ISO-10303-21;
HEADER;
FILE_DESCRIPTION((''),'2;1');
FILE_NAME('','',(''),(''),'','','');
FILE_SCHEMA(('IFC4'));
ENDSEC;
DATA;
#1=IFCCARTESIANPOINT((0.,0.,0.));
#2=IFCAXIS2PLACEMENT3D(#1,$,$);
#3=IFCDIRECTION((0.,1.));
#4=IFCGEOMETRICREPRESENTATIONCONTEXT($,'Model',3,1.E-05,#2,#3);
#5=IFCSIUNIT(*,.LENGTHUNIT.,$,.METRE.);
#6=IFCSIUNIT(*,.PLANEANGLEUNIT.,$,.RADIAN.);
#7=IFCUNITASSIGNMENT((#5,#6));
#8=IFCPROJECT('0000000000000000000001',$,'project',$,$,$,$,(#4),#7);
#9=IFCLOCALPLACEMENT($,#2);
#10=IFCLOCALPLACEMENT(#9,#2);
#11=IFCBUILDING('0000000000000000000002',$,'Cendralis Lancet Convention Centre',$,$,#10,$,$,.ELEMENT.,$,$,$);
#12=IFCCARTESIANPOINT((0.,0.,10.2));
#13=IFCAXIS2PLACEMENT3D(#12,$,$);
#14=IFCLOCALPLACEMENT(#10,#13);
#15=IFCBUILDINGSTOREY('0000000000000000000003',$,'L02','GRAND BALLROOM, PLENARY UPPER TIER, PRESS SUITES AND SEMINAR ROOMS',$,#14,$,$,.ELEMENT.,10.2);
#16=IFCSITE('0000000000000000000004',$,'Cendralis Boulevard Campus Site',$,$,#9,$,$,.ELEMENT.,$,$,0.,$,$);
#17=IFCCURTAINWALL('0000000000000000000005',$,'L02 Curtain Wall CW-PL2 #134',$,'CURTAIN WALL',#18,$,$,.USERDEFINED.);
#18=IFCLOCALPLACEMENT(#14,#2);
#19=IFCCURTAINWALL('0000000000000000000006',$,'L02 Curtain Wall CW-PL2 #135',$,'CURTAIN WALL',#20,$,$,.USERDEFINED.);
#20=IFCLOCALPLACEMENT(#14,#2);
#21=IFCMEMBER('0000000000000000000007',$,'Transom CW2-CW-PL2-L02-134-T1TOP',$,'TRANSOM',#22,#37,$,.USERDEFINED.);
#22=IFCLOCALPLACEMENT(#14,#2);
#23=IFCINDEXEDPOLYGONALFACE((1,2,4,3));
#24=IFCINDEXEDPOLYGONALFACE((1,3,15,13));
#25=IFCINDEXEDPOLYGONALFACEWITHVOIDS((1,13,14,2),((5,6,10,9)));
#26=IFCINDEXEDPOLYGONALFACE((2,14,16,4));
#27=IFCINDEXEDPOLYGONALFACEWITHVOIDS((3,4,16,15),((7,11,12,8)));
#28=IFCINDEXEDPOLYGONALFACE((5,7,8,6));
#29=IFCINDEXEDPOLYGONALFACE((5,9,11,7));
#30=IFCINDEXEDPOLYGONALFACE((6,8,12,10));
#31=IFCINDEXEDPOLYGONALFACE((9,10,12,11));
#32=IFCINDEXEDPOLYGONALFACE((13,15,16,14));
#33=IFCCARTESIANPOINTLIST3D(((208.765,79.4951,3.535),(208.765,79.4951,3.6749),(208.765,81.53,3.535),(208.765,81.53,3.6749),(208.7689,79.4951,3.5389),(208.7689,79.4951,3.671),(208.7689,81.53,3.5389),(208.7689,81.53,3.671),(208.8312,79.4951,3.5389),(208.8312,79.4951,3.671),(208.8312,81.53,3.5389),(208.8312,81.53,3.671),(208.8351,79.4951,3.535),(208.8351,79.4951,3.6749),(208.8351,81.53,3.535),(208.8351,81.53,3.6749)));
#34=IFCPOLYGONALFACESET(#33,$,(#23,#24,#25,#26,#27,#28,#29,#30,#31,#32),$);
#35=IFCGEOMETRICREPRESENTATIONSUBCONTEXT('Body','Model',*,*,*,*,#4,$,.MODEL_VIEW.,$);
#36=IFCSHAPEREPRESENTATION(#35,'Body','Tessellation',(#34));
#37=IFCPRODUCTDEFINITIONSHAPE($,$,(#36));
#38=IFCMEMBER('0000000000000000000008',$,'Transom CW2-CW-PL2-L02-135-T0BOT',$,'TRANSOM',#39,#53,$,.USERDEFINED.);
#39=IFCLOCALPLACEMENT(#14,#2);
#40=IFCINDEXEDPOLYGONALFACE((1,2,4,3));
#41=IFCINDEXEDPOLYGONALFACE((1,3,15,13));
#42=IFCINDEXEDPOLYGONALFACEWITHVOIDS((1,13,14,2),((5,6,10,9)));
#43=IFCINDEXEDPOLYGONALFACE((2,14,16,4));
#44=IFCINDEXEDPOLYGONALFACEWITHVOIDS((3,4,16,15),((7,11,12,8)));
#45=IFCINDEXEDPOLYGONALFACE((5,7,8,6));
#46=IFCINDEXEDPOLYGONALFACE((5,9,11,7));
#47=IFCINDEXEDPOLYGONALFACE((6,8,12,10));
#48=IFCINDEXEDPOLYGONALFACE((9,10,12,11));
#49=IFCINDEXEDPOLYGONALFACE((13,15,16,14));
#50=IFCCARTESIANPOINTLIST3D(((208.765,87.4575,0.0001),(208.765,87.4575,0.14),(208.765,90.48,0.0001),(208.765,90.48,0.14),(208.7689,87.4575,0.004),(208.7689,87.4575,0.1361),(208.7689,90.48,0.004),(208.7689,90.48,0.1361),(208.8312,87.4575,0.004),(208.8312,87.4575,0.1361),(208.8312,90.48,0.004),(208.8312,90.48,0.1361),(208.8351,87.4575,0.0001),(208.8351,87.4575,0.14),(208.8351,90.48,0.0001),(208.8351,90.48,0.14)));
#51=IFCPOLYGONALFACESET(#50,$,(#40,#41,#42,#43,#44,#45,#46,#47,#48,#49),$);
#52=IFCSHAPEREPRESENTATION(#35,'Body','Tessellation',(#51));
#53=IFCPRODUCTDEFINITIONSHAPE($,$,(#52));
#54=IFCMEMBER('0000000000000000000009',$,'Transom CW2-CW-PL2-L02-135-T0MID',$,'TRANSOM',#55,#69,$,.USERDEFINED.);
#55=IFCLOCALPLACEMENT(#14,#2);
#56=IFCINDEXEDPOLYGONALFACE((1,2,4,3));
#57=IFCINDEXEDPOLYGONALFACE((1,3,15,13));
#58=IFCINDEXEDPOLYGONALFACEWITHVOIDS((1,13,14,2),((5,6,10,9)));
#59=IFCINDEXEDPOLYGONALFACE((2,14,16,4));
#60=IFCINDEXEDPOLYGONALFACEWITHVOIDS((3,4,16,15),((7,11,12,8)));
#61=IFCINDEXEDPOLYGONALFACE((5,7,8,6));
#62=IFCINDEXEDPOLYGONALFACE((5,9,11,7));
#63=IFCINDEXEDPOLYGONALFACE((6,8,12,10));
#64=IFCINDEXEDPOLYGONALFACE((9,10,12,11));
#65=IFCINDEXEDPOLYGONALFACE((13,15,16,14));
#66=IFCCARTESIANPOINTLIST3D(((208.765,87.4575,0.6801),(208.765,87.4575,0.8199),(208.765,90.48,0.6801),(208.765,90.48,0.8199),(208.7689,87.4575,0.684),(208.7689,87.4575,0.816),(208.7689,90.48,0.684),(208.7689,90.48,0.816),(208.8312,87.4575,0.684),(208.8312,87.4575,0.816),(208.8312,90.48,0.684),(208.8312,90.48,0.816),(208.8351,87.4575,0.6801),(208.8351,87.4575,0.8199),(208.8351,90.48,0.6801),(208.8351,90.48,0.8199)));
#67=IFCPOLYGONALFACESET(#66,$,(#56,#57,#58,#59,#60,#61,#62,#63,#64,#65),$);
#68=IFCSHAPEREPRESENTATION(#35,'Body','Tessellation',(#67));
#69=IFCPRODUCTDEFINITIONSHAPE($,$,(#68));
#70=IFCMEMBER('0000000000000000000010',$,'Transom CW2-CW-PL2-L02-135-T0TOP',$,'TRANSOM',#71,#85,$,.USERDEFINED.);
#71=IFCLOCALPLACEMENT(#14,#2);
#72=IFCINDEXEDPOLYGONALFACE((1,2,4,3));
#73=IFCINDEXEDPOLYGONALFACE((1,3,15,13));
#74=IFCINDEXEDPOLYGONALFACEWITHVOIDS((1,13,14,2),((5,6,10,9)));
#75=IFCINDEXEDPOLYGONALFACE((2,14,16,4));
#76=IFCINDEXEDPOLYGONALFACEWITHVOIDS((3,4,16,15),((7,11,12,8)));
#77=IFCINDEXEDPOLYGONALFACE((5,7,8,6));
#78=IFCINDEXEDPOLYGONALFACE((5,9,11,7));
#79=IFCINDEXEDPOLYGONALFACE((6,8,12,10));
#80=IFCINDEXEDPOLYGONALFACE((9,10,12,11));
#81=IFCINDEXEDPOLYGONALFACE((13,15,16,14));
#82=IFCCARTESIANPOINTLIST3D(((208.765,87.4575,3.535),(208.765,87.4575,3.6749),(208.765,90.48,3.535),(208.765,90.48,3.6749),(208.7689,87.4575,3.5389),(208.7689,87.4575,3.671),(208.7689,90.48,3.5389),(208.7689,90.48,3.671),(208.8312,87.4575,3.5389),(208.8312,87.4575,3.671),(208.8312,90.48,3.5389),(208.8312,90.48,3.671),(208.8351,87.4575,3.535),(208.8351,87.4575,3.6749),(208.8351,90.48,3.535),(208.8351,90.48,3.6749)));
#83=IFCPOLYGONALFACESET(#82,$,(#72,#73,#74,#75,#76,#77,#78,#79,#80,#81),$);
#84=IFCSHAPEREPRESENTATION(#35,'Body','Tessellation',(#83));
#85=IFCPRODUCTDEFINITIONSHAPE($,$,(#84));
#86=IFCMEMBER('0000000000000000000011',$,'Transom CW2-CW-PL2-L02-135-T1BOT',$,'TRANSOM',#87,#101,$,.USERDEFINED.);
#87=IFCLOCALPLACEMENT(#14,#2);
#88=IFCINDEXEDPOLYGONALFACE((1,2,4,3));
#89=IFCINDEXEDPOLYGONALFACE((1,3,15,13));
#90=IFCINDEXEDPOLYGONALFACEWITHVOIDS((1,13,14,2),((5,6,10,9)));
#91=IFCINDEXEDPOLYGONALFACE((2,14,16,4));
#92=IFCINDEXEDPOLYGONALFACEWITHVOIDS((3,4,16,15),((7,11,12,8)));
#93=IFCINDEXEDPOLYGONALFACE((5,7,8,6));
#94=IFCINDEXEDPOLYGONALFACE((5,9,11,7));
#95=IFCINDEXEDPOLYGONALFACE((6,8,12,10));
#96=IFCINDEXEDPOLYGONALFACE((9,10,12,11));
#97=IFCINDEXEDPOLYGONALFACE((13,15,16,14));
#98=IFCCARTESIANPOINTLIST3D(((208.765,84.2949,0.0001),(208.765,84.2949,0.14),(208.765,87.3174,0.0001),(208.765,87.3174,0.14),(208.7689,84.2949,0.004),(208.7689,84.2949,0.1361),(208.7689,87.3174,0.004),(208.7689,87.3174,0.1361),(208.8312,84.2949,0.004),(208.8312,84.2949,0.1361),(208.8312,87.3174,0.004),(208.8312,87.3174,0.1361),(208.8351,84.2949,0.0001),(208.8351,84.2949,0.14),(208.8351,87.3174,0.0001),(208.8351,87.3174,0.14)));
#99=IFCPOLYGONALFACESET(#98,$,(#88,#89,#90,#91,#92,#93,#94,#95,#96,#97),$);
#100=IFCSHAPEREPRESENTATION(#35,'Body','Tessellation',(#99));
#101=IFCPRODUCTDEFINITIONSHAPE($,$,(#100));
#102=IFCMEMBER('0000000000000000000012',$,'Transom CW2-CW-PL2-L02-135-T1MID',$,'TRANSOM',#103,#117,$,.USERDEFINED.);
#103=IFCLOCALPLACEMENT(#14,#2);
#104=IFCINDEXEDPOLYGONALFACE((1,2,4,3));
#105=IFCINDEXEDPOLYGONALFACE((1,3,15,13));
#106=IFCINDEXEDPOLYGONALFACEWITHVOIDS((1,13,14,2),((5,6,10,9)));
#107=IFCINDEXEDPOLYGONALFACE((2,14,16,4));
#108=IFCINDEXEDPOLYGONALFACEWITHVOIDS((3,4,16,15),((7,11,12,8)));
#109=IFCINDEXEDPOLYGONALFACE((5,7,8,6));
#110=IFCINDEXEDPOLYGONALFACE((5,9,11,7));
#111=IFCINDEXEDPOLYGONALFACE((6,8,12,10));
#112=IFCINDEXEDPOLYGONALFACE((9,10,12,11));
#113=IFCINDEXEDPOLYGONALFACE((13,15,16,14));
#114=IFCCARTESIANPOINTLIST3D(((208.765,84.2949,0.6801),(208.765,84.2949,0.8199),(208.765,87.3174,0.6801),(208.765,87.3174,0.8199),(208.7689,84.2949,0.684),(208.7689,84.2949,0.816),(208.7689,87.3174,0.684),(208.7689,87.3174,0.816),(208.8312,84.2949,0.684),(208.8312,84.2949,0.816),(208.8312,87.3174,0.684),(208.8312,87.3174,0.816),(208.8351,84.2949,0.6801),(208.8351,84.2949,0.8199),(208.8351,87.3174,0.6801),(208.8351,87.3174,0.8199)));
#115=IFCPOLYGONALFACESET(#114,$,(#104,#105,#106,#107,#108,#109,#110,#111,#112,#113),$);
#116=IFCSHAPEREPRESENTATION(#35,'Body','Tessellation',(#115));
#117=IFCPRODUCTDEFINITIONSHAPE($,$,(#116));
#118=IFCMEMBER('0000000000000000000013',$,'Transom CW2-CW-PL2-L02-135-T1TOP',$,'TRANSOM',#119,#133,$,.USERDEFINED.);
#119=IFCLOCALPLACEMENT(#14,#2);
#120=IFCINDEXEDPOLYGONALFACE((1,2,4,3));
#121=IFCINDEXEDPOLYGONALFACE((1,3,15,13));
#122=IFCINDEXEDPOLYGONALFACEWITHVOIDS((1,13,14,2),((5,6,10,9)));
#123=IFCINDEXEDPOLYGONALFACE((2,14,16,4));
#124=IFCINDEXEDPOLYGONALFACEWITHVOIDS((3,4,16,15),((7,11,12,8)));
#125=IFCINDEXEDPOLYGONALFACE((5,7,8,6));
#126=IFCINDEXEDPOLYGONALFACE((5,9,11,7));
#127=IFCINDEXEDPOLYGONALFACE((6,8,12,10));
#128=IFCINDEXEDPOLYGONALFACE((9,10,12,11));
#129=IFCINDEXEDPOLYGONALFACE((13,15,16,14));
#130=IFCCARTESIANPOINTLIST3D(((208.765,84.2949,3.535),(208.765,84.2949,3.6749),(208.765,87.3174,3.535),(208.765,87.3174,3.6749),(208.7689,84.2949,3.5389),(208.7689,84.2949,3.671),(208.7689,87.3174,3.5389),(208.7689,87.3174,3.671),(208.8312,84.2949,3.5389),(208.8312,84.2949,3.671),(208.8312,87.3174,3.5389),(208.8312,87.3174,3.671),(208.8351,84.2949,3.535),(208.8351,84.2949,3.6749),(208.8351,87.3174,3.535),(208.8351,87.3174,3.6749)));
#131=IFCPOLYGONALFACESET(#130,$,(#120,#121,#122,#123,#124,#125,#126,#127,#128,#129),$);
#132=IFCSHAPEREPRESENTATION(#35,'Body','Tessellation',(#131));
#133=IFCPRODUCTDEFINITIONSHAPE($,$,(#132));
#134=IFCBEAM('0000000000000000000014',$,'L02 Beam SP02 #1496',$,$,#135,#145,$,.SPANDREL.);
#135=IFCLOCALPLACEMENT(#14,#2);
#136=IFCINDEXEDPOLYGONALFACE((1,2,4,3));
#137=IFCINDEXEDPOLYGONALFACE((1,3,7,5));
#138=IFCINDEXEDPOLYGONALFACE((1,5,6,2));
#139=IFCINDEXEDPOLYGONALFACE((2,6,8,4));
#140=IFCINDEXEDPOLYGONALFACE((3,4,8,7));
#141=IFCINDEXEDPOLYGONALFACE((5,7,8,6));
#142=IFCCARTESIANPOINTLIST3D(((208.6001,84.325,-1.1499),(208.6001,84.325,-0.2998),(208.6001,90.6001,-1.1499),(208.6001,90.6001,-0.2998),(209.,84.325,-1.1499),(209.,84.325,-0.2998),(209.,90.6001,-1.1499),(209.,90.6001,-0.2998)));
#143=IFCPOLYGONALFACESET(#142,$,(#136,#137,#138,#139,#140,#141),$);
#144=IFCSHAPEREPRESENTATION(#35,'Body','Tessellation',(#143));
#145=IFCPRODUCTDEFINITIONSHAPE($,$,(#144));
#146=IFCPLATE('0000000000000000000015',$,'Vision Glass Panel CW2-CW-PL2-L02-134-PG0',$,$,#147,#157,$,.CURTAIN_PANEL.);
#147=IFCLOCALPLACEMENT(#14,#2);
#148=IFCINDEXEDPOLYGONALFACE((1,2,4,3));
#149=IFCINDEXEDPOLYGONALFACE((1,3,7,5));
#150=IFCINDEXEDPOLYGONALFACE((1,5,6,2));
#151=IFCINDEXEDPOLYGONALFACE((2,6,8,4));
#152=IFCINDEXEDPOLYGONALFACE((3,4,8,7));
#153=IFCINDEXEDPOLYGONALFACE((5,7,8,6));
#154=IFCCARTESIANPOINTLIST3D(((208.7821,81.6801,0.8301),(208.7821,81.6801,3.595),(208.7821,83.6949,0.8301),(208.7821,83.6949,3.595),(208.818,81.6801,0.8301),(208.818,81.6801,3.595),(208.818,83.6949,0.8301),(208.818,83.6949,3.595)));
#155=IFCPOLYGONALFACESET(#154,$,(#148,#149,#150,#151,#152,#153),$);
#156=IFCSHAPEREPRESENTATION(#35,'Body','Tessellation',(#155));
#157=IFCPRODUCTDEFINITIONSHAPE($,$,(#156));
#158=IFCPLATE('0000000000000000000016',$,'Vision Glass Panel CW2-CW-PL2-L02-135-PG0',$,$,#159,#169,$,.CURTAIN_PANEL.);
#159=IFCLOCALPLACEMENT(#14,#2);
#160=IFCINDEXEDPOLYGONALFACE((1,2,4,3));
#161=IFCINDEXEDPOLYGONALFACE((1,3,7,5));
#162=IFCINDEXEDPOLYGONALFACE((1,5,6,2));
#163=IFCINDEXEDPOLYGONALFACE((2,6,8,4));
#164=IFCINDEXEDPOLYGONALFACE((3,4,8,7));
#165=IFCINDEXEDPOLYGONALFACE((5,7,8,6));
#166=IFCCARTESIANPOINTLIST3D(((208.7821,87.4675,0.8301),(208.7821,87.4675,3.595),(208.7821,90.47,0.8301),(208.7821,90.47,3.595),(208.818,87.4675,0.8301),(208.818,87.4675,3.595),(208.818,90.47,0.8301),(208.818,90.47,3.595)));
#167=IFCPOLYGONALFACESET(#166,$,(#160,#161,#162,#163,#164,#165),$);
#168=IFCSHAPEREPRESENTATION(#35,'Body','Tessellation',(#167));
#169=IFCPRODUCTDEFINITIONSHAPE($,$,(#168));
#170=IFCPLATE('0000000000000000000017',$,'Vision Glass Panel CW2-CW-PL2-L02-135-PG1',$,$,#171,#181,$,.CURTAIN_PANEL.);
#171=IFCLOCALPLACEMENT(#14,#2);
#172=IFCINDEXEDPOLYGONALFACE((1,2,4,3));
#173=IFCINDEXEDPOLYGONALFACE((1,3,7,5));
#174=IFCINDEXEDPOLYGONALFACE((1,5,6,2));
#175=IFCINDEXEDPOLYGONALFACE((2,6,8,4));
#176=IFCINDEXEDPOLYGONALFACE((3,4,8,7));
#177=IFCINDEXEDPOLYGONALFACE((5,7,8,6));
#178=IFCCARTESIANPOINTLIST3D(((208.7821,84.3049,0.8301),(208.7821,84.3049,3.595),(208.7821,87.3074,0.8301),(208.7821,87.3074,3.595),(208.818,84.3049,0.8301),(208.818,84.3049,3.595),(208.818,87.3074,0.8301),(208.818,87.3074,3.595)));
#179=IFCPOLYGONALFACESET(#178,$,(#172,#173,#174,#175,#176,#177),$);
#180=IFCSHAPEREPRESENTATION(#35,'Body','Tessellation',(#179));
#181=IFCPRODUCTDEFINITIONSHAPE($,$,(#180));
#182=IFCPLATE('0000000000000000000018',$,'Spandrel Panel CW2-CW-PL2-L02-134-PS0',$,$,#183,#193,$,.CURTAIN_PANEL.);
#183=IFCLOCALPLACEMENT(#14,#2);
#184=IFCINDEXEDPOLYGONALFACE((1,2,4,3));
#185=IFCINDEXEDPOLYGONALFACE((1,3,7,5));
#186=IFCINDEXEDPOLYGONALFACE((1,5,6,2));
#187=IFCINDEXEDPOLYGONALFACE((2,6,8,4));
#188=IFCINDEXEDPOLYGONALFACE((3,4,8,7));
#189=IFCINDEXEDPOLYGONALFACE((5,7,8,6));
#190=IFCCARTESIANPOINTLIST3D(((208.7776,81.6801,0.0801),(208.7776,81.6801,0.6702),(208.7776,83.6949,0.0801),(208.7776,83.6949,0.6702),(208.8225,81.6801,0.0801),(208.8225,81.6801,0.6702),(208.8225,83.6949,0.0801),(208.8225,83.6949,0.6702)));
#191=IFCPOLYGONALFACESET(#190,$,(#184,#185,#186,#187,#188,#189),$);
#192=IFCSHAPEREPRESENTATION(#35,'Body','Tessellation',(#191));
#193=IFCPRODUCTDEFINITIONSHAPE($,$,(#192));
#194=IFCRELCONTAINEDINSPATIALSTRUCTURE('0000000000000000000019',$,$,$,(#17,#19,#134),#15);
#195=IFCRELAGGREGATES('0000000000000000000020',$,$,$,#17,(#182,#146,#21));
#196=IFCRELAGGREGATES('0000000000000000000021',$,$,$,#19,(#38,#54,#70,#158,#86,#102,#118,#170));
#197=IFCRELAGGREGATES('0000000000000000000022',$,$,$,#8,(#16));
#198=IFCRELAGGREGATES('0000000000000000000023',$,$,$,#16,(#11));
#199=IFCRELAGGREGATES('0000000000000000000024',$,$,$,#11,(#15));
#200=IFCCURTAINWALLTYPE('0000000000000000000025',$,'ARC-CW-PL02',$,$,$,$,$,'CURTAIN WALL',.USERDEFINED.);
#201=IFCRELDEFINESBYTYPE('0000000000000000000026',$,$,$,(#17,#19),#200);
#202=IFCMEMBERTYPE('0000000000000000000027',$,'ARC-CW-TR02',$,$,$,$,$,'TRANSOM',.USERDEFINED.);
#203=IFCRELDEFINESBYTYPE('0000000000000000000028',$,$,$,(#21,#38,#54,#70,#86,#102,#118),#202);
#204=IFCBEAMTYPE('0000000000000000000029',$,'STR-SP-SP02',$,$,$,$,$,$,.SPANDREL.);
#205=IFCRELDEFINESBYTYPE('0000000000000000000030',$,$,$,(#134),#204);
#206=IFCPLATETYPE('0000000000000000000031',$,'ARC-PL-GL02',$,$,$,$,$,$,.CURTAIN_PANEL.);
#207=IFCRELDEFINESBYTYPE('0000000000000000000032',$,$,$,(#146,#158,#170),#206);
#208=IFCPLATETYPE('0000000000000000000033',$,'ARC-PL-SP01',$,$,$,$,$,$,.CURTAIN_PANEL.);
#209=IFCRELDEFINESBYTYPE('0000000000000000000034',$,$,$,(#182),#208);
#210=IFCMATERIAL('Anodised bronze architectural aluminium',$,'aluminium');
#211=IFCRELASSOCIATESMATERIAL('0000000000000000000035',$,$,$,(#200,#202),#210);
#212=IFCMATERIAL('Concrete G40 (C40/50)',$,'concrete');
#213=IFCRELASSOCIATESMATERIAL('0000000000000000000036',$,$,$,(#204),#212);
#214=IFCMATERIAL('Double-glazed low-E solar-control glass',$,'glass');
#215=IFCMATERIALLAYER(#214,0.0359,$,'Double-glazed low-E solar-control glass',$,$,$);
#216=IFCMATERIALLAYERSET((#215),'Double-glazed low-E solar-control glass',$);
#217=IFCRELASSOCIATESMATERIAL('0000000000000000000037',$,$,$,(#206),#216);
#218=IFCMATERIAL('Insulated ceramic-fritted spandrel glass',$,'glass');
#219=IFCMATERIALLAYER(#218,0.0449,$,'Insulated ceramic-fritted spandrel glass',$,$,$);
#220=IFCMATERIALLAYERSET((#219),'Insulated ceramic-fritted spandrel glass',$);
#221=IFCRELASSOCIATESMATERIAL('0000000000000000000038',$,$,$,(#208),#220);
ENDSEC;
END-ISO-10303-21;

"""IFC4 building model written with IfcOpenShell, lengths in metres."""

from ifc_helpers import new_model, si_unit, direction, frame, origin, origin_2d, place, context, subcontext, project, spatial, rectangle, hollow_rectangle, extrude, material, layer, layer_set, material_profile, profile_set, type_object, element, aggregate, save


model = new_model("IFC4")

# Units and contexts
model_context = context("Model", 3, precision=1e-05, world=origin(), true_north=direction((0.0, 1.0)))
body_context = subcontext(model_context, "Body", "Model", "MODEL_VIEW")
ifc_project = project(units=[si_unit("LENGTHUNIT", "METRE"), si_unit("PLANEANGLEUNIT", "RADIAN")], contexts=[model_context])

# Site, building, storey
site_placement = place(None, origin())
site = spatial("IfcSite", under=ifc_project, at=site_placement, Name="Cendralis Boulevard Campus Site", CompositionType="ELEMENT", RefElevation=0.0)
building_placement = place(site_placement, origin())
building = spatial("IfcBuilding", under=site, at=building_placement, Name="Cendralis Lancet Convention Centre", CompositionType="ELEMENT")
storey_placement = place(building_placement, frame((0.0, 0.0, 10.2)))
storey = spatial("IfcBuildingStorey", under=building, at=storey_placement, Name="L02", Description="GRAND BALLROOM, PLENARY UPPER TIER, PRESS SUITES AND SEMINAR ROOMS", CompositionType="ELEMENT", Elevation=10.2)

# Shared definitions
ifc_material_1 = material(Name="Concrete G40 (C40/50)", Category="concrete")

# Curtain walls
ifc_material_2 = material(Name="Anodised bronze architectural aluminium", Category="aluminium")
curtain_wall_type = type_object("IfcCurtainWallType", Name="ARC-CW-PL02", ElementType="CURTAIN WALL", PredefinedType="USERDEFINED", material=ifc_material_2)
curtain_wall_1_placement = place(storey_placement, origin())
curtain_wall_1 = element("IfcCurtainWall", 1, at=curtain_wall_1_placement, inside=storey, type_object=curtain_wall_type, Name="L02 Curtain Wall CW-PL2 #134", ObjectType="CURTAIN WALL", PredefinedType="USERDEFINED")
curtain_wall_2_placement = place(storey_placement, origin())
curtain_wall_2 = element("IfcCurtainWall", 2, at=curtain_wall_2_placement, inside=storey, type_object=curtain_wall_type, Name="L02 Curtain Wall CW-PL2 #135", ObjectType="CURTAIN WALL", PredefinedType="USERDEFINED")

# Members
ifc_material_profile_1 = material_profile(ifc_material_2, hollow_rectangle(XDim=0.0701, YDim=0.1399, WallThickness=0.0039, at=origin_2d()), Name="AL-TRAN 70x140x4.0")
ifc_profile_set_1 = profile_set([ifc_material_profile_1], Name="Anodised bronze architectural aluminium")
member_type_1 = type_object("IfcMemberType", Name="ARC-CW-TR02", ElementType="TRANSOM", PredefinedType="USERDEFINED", material=ifc_profile_set_1)
member_1_placement = place(storey_placement, frame((208.8, 81.53, 3.605), z_axis=(0.0, -1.0, 0.0), x_axis=(1.0, 0.0, 0.0)))
member_1 = element("IfcMember", 3, at=member_1_placement, type_object=member_type_1, Name="Transom CW2-CW-PL2-L02-134-T1TOP", ObjectType="TRANSOM", PredefinedType="USERDEFINED", context=body_context, shape_type="SweptSolid", body=[
    extrude(hollow_rectangle(XDim=0.0701, YDim=0.1399, WallThickness=0.0039, at=origin_2d()), origin(), (0.0, 0.0, 1.0), 2.0349),
])
member_2_placement = place(storey_placement, frame((208.8, 90.48, 0.0701), z_axis=(0.0, -1.0, 0.0), x_axis=(1.0, 0.0, 0.0)))
member_2 = element("IfcMember", 4, at=member_2_placement, type_object=member_type_1, Name="Transom CW2-CW-PL2-L02-135-T0BOT", ObjectType="TRANSOM", PredefinedType="USERDEFINED", context=body_context, shape_type="SweptSolid", body=[
    extrude(hollow_rectangle(XDim=0.0701, YDim=0.1399, WallThickness=0.0039, at=origin_2d()), origin(), (0.0, 0.0, 1.0), 3.0225),
])
member_3_placement = place(storey_placement, frame((208.8, 90.48, 0.75), z_axis=(0.0, -1.0, 0.0), x_axis=(1.0, 0.0, 0.0)))
member_3 = element("IfcMember", 5, at=member_3_placement, type_object=member_type_1, Name="Transom CW2-CW-PL2-L02-135-T0MID", ObjectType="TRANSOM", PredefinedType="USERDEFINED", context=body_context, shape_type="SweptSolid", body=[
    extrude(hollow_rectangle(XDim=0.0701, YDim=0.1399, WallThickness=0.0039, at=origin_2d()), origin(), (0.0, 0.0, 1.0), 3.0225),
])
member_4_placement = place(storey_placement, frame((208.8, 90.48, 3.605), z_axis=(0.0, -1.0, 0.0), x_axis=(1.0, 0.0, 0.0)))
member_4 = element("IfcMember", 6, at=member_4_placement, type_object=member_type_1, Name="Transom CW2-CW-PL2-L02-135-T0TOP", ObjectType="TRANSOM", PredefinedType="USERDEFINED", context=body_context, shape_type="SweptSolid", body=[
    extrude(hollow_rectangle(XDim=0.0701, YDim=0.1399, WallThickness=0.0039, at=origin_2d()), origin(), (0.0, 0.0, 1.0), 3.0225),
])
member_5_placement = place(storey_placement, frame((208.8, 87.3174, 0.0701), z_axis=(0.0, -1.0, 0.0), x_axis=(1.0, 0.0, 0.0)))
member_5 = element("IfcMember", 7, at=member_5_placement, type_object=member_type_1, Name="Transom CW2-CW-PL2-L02-135-T1BOT", ObjectType="TRANSOM", PredefinedType="USERDEFINED", context=body_context, shape_type="SweptSolid", body=[
    extrude(hollow_rectangle(XDim=0.0701, YDim=0.1399, WallThickness=0.0039, at=origin_2d()), origin(), (0.0, 0.0, 1.0), 3.0225),
])
member_6_placement = place(storey_placement, frame((208.8, 87.3174, 0.75), z_axis=(0.0, -1.0, 0.0), x_axis=(1.0, 0.0, 0.0)))
member_6 = element("IfcMember", 8, at=member_6_placement, type_object=member_type_1, Name="Transom CW2-CW-PL2-L02-135-T1MID", ObjectType="TRANSOM", PredefinedType="USERDEFINED", context=body_context, shape_type="SweptSolid", body=[
    extrude(hollow_rectangle(XDim=0.0701, YDim=0.1399, WallThickness=0.0039, at=origin_2d()), origin(), (0.0, 0.0, 1.0), 3.0225),
])
member_7_placement = place(storey_placement, frame((208.8, 87.3174, 3.605), z_axis=(0.0, -1.0, 0.0), x_axis=(1.0, 0.0, 0.0)))
member_7 = element("IfcMember", 9, at=member_7_placement, type_object=member_type_1, Name="Transom CW2-CW-PL2-L02-135-T1TOP", ObjectType="TRANSOM", PredefinedType="USERDEFINED", context=body_context, shape_type="SweptSolid", body=[
    extrude(hollow_rectangle(XDim=0.0701, YDim=0.1399, WallThickness=0.0039, at=origin_2d()), origin(), (0.0, 0.0, 1.0), 3.0225),
])

# Beam
ifc_material_profile_2 = material_profile(ifc_material_1, rectangle(XDim=0.3999, YDim=0.8501, at=origin_2d()), Name="RCB 400x850")
ifc_profile_set_2 = profile_set([ifc_material_profile_2], Name="Concrete G40 (C40/50)")
beam_type = type_object("IfcBeamType", Name="STR-SP-SP02", PredefinedType="SPANDREL", material=ifc_profile_set_2)
beam_placement = place(storey_placement, frame((208.8, 84.325, -0.7249), z_axis=(0.0, 1.0, 0.0), x_axis=(-1.0, 0.0, 0.0)))
element("IfcBeam", 10, at=beam_placement, inside=storey, type_object=beam_type, Name="L02 Beam SP02 #1496", PredefinedType="SPANDREL", context=body_context, shape_type="SweptSolid", body=[
    extrude(rectangle(XDim=0.3999, YDim=0.8501, at=origin_2d()), origin(), (0.0, 0.0, 1.0), 6.2751),
])

# Plates
ifc_material_3 = material(Name="Double-glazed low-E solar-control glass", Category="glass")
ifc_layer_1 = layer(ifc_material_3, 0.0359, Name="Double-glazed low-E solar-control glass")
ifc_layer_set_1 = layer_set([ifc_layer_1], Name="Double-glazed low-E solar-control glass")
plate_type_1 = type_object("IfcPlateType", Name="ARC-PL-GL02", PredefinedType="CURTAIN_PANEL", material=ifc_layer_set_1)
plate_1_placement = place(storey_placement, frame((208.8, 82.6875, 0.8301), z_axis=(0.0, 0.0, 1.0), x_axis=(0.0, -1.0, 0.0)))
plate_1 = element("IfcPlate", 11, at=plate_1_placement, type_object=plate_type_1, Name="Vision Glass Panel CW2-CW-PL2-L02-134-PG0", PredefinedType="CURTAIN_PANEL", context=body_context, shape_type="SweptSolid", body=[
    extrude(rectangle(XDim=2.0149, YDim=0.0359, at=origin_2d()), origin(), (0.0, 0.0, 1.0), 2.7649),
])
plate_2_placement = place(storey_placement, frame((208.8, 88.9688, 0.8301), z_axis=(0.0, 0.0, 1.0), x_axis=(0.0, -1.0, 0.0)))
plate_2 = element("IfcPlate", 12, at=plate_2_placement, type_object=plate_type_1, Name="Vision Glass Panel CW2-CW-PL2-L02-135-PG0", PredefinedType="CURTAIN_PANEL", context=body_context, shape_type="SweptSolid", body=[
    extrude(rectangle(XDim=3.0024, YDim=0.0359, at=origin_2d()), origin(), (0.0, 0.0, 1.0), 2.7649),
])
plate_3_placement = place(storey_placement, frame((208.8, 85.8062, 0.8301), z_axis=(0.0, 0.0, 1.0), x_axis=(0.0, -1.0, 0.0)))
plate_3 = element("IfcPlate", 13, at=plate_3_placement, type_object=plate_type_1, Name="Vision Glass Panel CW2-CW-PL2-L02-135-PG1", PredefinedType="CURTAIN_PANEL", context=body_context, shape_type="SweptSolid", body=[
    extrude(rectangle(XDim=3.0024, YDim=0.0359, at=origin_2d()), origin(), (0.0, 0.0, 1.0), 2.7649),
])
ifc_material_4 = material(Name="Insulated ceramic-fritted spandrel glass", Category="glass")
ifc_layer_2 = layer(ifc_material_4, 0.0449, Name="Insulated ceramic-fritted spandrel glass")
ifc_layer_set_2 = layer_set([ifc_layer_2], Name="Insulated ceramic-fritted spandrel glass")
plate_type_2 = type_object("IfcPlateType", Name="ARC-PL-SP01", PredefinedType="CURTAIN_PANEL", material=ifc_layer_set_2)
plate_4_placement = place(storey_placement, frame((208.8, 82.6875, 0.0801), z_axis=(0.0, 0.0, 1.0), x_axis=(0.0, -1.0, 0.0)))
plate_4 = element("IfcPlate", 14, at=plate_4_placement, type_object=plate_type_2, Name="Spandrel Panel CW2-CW-PL2-L02-134-PS0", PredefinedType="CURTAIN_PANEL", context=body_context, shape_type="SweptSolid", body=[
    extrude(rectangle(XDim=2.0149, YDim=0.0449, at=origin_2d()), origin(), (0.0, 0.0, 1.0), 0.5901),
])
aggregate(curtain_wall_1, [plate_4, plate_1, member_1])
aggregate(curtain_wall_2, [member_2, member_3, member_4, plate_2, member_5, member_6, member_7, plate_3])

save(model, "model.ifc")
